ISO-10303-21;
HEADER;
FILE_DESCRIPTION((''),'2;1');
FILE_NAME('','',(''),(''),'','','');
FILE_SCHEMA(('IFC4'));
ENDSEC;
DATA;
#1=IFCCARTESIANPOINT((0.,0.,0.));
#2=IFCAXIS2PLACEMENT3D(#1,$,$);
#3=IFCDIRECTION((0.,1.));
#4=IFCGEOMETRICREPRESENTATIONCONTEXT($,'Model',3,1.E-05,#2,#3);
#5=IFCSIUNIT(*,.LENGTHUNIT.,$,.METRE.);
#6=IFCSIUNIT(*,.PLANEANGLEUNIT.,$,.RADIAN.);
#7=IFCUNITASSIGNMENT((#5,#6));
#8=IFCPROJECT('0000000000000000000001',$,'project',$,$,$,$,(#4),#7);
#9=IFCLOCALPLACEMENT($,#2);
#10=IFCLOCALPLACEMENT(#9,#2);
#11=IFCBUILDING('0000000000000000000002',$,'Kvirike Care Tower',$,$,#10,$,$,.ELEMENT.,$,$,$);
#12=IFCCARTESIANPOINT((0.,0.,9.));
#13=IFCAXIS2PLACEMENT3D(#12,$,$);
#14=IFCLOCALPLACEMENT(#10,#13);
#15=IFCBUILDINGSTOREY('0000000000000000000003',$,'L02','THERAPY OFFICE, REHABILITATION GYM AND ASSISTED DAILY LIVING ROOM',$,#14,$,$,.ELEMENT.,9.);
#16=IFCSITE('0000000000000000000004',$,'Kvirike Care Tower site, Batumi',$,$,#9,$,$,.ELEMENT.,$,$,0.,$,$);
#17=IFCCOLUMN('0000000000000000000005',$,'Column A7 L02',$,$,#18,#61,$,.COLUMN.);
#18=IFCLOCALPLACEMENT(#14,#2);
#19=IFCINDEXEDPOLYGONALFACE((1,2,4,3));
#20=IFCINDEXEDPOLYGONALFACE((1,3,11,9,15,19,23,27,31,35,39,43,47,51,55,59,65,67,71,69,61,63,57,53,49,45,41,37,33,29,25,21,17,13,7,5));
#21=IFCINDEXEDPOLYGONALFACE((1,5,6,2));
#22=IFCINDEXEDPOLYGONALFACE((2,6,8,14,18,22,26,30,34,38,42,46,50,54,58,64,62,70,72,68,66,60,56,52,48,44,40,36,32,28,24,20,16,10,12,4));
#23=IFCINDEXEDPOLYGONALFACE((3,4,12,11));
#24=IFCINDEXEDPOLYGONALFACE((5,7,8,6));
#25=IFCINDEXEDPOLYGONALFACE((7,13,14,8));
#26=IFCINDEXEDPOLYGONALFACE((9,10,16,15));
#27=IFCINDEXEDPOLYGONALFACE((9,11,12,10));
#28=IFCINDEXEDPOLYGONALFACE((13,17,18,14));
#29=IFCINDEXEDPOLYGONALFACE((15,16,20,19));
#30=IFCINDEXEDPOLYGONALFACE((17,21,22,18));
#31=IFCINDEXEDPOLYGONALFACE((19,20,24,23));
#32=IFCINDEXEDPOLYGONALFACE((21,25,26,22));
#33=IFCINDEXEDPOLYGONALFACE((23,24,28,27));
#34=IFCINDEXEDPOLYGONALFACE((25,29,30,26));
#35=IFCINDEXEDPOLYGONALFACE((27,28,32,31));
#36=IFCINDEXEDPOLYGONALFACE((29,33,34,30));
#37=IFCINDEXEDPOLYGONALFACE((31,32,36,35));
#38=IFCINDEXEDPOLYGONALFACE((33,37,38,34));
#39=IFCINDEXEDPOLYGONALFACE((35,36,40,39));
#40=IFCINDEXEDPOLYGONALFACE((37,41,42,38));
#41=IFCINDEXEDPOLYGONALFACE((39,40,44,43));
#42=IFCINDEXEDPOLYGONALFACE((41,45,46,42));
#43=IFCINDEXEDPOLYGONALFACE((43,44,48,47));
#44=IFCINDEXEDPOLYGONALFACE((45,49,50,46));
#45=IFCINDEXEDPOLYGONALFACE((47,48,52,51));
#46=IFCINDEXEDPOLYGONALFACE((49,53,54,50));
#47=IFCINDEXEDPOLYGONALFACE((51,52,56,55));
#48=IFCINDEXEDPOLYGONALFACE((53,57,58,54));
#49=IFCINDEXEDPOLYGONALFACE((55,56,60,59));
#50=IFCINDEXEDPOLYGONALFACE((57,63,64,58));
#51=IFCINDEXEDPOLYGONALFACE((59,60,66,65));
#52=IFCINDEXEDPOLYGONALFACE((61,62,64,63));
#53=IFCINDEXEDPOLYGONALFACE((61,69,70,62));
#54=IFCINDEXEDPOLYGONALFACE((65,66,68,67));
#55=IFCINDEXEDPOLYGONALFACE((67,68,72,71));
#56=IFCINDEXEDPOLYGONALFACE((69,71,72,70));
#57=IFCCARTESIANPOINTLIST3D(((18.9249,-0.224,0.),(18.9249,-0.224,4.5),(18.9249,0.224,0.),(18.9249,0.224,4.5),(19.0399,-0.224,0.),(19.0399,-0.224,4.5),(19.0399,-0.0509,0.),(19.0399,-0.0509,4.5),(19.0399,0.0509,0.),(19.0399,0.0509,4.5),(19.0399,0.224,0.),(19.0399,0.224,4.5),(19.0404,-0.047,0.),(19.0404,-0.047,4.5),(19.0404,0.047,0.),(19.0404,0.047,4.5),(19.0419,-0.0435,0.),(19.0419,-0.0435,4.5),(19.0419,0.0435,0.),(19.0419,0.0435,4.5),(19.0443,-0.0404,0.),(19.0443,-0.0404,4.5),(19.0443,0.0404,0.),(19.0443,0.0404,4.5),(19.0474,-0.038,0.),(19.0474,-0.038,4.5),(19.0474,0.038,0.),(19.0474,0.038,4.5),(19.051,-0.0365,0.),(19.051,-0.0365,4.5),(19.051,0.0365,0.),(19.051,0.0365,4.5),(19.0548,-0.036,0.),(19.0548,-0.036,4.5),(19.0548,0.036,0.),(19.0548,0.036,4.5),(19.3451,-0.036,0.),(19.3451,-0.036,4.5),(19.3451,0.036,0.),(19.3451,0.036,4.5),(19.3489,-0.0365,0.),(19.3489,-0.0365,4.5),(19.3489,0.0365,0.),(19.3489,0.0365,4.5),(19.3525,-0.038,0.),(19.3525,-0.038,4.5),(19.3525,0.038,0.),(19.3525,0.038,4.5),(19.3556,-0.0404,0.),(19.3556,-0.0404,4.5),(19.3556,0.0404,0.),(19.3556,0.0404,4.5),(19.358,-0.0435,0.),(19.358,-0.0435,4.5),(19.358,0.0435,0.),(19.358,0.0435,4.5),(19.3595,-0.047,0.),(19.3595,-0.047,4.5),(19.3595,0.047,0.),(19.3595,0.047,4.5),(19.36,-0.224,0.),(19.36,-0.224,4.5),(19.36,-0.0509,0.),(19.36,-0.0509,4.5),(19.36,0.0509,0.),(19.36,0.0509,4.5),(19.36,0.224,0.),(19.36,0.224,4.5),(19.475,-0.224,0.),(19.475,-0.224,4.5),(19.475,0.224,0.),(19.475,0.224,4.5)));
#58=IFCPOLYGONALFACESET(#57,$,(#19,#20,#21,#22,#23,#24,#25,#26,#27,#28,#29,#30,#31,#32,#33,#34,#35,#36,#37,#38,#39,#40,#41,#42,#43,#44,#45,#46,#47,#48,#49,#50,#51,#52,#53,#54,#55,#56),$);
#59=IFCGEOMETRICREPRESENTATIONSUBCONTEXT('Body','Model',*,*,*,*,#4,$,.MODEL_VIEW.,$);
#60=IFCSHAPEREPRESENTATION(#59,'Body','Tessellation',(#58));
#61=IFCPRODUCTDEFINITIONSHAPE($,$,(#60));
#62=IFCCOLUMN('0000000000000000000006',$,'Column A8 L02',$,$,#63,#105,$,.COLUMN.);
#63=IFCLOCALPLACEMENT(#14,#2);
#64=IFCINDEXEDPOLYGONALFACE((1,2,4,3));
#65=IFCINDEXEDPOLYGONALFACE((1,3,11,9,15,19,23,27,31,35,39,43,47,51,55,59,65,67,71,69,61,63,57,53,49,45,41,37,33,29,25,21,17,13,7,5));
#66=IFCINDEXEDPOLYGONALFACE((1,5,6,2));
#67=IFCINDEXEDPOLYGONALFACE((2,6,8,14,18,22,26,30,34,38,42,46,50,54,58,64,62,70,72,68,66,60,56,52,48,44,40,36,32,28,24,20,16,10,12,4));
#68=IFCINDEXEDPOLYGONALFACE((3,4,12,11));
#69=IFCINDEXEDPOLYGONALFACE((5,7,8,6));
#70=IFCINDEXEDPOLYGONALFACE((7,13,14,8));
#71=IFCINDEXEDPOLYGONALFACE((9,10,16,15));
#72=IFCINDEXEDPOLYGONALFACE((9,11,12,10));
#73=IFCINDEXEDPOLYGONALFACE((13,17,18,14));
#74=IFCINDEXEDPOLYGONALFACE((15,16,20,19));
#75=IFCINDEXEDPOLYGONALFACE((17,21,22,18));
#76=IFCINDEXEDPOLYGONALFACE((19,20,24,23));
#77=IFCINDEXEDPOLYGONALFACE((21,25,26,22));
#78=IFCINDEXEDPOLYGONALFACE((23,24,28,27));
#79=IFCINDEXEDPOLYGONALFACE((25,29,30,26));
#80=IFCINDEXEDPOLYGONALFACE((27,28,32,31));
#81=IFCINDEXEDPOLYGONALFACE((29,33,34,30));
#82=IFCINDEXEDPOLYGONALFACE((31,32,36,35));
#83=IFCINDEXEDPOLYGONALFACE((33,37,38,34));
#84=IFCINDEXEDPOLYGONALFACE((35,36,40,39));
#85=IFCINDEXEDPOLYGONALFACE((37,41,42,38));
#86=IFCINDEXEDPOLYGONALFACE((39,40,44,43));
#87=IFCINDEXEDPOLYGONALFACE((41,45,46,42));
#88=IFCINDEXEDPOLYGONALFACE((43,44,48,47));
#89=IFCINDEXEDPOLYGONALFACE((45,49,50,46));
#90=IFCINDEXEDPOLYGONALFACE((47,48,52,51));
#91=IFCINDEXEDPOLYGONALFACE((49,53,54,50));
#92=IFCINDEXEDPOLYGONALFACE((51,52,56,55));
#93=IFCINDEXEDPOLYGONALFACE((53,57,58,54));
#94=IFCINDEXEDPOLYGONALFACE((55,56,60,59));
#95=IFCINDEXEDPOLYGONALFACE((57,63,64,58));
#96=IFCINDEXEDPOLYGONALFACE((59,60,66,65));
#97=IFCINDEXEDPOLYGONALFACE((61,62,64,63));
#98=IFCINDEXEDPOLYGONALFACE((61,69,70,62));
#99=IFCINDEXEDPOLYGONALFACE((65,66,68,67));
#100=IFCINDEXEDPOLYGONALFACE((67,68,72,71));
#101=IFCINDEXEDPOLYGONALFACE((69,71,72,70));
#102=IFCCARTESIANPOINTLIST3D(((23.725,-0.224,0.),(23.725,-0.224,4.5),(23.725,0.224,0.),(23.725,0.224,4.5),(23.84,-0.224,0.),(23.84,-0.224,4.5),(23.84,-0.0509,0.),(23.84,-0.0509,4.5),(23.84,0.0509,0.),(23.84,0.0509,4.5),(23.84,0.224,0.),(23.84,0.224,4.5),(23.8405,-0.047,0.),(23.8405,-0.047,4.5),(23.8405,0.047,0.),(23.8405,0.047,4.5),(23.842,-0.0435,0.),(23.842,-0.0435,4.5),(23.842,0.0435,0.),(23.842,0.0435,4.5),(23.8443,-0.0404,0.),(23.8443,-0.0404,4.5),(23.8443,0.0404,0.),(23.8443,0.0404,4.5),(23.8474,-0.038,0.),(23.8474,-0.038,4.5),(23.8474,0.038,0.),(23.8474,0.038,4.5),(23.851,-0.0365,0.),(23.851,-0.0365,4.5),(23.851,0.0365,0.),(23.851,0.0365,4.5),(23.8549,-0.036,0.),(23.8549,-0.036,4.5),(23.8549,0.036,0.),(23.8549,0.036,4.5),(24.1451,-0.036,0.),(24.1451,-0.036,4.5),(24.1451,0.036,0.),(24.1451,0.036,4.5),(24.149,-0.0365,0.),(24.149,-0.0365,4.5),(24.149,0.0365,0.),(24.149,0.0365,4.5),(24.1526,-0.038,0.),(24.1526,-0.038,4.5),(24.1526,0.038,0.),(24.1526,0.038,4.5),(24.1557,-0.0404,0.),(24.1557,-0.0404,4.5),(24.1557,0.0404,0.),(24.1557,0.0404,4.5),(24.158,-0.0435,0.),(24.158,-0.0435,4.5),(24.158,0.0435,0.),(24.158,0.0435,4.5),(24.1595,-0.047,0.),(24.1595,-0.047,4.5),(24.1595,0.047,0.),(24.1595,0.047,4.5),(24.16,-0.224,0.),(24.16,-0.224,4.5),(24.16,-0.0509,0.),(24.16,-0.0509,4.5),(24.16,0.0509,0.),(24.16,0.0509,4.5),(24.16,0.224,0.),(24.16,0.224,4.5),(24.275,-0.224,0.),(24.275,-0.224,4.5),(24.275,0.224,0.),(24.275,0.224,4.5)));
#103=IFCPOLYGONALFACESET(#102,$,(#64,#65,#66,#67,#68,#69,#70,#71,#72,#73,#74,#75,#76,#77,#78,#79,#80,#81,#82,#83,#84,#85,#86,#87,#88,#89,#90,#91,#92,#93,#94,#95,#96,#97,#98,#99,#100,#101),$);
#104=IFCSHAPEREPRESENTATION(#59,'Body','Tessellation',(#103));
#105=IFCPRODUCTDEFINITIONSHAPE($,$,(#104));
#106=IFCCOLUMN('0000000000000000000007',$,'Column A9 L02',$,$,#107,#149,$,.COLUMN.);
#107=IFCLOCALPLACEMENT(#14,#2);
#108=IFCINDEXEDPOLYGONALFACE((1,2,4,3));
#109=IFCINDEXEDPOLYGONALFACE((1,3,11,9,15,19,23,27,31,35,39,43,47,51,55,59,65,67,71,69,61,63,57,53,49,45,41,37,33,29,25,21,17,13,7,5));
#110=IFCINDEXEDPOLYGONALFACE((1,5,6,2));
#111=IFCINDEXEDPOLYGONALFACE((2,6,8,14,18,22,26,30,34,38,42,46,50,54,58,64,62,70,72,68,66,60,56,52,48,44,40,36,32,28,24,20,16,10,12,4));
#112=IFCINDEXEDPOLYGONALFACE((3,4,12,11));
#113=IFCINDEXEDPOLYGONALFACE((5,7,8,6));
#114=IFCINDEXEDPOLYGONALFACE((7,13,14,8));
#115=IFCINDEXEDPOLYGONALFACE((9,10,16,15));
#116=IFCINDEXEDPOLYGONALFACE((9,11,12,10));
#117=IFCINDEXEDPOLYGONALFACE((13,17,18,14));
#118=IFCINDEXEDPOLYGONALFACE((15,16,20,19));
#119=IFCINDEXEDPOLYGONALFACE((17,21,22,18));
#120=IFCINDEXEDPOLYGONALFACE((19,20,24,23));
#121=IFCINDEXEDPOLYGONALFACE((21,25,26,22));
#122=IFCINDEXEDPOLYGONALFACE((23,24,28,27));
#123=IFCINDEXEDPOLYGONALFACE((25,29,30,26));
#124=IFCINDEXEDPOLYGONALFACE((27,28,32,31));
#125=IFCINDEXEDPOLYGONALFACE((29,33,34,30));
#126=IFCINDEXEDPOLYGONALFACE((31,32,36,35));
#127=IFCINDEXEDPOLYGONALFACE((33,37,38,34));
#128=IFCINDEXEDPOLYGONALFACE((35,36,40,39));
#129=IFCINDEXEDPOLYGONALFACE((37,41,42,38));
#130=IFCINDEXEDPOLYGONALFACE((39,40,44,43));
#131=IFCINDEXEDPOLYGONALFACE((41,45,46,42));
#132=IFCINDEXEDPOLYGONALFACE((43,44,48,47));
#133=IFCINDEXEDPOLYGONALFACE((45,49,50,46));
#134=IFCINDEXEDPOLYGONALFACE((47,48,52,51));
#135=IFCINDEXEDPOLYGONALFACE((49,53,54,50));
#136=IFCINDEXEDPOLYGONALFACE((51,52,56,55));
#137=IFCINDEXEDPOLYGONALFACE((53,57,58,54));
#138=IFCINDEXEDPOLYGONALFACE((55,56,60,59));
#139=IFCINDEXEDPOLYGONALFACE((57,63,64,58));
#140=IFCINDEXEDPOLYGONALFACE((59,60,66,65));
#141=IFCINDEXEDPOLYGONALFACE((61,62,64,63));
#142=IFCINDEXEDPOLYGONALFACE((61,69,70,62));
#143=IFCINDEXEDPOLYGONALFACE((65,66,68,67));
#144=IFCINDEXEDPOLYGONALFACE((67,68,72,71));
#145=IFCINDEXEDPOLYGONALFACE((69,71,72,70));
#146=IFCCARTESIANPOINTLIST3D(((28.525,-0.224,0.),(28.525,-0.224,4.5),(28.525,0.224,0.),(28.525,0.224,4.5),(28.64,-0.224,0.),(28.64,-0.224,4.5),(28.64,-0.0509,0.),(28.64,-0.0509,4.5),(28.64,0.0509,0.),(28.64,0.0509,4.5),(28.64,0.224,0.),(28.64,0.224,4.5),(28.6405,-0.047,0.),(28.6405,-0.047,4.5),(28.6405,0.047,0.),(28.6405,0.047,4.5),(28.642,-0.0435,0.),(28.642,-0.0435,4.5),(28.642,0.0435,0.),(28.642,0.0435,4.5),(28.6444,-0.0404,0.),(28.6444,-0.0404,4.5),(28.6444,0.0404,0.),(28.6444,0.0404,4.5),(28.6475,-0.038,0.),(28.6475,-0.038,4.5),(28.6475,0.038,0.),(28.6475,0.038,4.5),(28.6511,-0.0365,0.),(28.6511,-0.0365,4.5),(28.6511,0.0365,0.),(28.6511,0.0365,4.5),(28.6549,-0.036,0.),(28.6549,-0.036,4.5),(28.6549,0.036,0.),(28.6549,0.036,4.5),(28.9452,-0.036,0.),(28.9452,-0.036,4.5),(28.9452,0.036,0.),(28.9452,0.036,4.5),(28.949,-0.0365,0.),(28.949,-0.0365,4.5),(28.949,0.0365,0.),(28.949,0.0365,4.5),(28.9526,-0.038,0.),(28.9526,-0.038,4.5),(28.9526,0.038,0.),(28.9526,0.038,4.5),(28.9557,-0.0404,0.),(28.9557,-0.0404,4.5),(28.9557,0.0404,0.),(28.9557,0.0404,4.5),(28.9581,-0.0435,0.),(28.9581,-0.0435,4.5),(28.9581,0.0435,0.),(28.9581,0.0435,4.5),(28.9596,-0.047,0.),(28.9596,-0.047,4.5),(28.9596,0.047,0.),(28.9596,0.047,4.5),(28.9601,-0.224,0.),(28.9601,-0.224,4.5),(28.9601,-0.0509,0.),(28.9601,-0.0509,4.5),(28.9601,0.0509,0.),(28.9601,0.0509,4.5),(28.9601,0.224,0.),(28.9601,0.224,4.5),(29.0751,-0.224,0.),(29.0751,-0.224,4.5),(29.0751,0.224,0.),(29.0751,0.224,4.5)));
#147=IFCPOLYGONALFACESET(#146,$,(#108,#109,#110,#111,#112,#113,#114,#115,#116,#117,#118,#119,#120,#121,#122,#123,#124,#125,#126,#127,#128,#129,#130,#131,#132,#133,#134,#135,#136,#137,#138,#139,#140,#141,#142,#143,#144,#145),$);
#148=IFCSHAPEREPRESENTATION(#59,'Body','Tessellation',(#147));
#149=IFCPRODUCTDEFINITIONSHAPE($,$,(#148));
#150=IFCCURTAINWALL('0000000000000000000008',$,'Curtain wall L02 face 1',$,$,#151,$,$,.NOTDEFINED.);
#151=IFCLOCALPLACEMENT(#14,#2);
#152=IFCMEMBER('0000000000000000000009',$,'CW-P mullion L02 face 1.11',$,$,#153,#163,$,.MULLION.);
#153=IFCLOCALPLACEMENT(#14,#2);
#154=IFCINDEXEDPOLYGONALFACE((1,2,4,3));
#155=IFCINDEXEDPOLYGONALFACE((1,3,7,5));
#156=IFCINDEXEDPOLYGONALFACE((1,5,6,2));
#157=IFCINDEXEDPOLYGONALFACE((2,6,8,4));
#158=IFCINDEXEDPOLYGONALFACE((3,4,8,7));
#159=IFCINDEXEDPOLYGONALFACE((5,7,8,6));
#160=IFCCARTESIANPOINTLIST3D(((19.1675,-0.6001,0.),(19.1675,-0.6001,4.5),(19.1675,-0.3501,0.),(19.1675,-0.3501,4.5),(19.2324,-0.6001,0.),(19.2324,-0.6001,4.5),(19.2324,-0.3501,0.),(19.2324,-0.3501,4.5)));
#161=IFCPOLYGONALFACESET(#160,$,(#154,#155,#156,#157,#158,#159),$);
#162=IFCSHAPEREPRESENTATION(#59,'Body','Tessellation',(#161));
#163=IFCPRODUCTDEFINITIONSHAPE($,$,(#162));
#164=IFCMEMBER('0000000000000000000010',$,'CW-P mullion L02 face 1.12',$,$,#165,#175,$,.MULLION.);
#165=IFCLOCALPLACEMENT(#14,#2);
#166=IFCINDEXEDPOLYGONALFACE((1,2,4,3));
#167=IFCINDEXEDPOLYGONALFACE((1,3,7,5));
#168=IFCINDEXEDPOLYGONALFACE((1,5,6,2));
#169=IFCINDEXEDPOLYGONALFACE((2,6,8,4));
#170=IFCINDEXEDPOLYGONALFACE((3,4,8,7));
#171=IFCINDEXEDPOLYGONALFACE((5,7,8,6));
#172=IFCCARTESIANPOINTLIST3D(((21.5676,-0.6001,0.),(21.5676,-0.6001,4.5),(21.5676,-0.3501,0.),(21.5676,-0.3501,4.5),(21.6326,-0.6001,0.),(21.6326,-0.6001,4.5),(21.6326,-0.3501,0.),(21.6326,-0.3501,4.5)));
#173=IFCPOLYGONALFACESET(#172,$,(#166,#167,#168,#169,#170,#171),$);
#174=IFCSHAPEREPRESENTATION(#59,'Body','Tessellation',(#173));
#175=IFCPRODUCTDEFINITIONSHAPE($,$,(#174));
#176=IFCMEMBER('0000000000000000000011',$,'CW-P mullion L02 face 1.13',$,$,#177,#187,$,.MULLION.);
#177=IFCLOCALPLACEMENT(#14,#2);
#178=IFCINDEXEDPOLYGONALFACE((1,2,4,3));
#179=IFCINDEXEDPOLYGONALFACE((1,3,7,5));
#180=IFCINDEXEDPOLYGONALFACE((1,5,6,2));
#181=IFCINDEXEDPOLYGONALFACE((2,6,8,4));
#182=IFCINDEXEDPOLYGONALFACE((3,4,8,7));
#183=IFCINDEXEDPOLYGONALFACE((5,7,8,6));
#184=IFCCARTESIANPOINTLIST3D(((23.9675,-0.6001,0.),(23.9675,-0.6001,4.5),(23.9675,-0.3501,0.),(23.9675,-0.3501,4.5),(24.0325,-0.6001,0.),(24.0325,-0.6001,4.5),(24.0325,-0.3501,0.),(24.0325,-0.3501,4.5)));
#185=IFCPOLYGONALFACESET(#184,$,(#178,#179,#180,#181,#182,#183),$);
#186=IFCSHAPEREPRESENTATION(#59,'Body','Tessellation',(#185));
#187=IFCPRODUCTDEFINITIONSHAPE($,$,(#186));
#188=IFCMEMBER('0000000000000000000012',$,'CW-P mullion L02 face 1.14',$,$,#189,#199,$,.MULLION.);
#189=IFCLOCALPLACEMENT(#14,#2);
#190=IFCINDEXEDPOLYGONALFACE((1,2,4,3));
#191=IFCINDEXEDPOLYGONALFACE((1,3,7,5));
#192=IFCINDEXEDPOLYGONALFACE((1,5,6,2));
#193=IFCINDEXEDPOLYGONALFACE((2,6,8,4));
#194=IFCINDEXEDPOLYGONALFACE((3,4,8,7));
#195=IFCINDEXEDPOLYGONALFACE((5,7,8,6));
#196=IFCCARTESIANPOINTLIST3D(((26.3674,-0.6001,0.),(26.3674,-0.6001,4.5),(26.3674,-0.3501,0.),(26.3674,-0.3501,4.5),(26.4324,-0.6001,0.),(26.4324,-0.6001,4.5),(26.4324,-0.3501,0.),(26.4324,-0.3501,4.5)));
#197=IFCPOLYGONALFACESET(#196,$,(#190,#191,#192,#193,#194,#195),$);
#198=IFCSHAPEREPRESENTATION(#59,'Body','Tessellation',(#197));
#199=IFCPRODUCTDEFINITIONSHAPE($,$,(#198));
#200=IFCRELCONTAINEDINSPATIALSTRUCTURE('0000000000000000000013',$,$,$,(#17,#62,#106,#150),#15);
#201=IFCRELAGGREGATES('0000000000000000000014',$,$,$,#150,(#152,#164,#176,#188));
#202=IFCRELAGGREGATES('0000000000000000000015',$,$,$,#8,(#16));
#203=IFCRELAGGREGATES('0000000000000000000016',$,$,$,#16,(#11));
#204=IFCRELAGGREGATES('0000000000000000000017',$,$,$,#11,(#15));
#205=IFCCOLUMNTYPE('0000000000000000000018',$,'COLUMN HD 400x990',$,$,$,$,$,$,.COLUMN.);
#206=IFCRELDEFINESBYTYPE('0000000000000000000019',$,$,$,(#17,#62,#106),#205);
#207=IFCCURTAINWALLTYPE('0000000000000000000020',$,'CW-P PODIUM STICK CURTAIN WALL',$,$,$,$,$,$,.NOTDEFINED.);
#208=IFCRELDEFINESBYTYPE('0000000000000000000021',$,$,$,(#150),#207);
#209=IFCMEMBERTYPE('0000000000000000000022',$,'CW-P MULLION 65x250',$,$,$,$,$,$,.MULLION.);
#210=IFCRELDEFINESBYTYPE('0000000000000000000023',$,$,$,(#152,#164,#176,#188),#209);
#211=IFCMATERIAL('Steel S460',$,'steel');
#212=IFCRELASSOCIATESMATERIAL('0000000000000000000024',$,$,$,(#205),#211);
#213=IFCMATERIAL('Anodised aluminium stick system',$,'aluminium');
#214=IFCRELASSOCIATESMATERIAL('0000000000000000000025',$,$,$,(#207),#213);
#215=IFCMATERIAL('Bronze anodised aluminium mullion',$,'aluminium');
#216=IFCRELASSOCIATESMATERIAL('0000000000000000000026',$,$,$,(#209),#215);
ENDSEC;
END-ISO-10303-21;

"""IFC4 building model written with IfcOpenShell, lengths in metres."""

from ifc_helpers import new_model, si_unit, direction, frame, origin, origin_2d, place, context, subcontext, project, spatial, rectangle, i_section, extrude, material, material_profile, profile_set, type_object, element, aggregate, save


model = new_model("IFC4")

# Units and contexts
model_context = context("Model", 3, precision=1e-05, world=origin(), true_north=direction((0.0, 1.0)))
body_context = subcontext(model_context, "Body", "Model", "MODEL_VIEW")
ifc_project = project(units=[si_unit("LENGTHUNIT", "METRE"), si_unit("PLANEANGLEUNIT", "RADIAN")], contexts=[model_context])

# Site, building, storey
site_placement = place(None, origin())
site = spatial("IfcSite", under=ifc_project, at=site_placement, Name="Kvirike Care Tower site, Batumi", CompositionType="ELEMENT", RefElevation=0.0)
building_placement = place(site_placement, origin())
building = spatial("IfcBuilding", under=site, at=building_placement, Name="Kvirike Care Tower", CompositionType="ELEMENT")
storey_placement = place(building_placement, frame((0.0, 0.0, 9.0)))
storey = spatial("IfcBuildingStorey", under=building, at=storey_placement, Name="L02", Description="THERAPY OFFICE, REHABILITATION GYM AND ASSISTED DAILY LIVING ROOM", CompositionType="ELEMENT", Elevation=9.0)

# Columns
ifc_material_1 = material(Name="Steel S460", Category="steel")
ifc_material_profile_1 = material_profile(ifc_material_1, i_section(OverallWidth=0.448, OverallDepth=0.55, WebThickness=0.072, FlangeThickness=0.115, FilletRadius=0.0149, at=origin_2d()), Name="HD 400x990")
ifc_profile_set_1 = profile_set([ifc_material_profile_1], Name="Steel S460")
column_type = type_object("IfcColumnType", Name="COLUMN HD 400x990", PredefinedType="COLUMN", material=ifc_profile_set_1)
for number, where, z_axis, x_axis, name in (
    (1, (19.2, 0.0, 0.0), (0.0, 0.0, 1.0), (0.0, 1.0, 0.0), "Column A7 L02"),
    (2, (24.0, 0.0, 0.0), (0.0, 0.0, 1.0), (0.0, 1.0, 0.0), "Column A8 L02"),
    (3, (28.8, 0.0, 0.0), (0.0, 0.0, 1.0), (0.0, 1.0, 0.0), "Column A9 L02"),
):
    element("IfcColumn", number, at=place(storey_placement, frame(where, z_axis=z_axis, x_axis=x_axis)), inside=storey, type_object=column_type, Name=name, PredefinedType="COLUMN", context=body_context, shape_type="SweptSolid", body=[
        extrude(i_section(OverallWidth=0.448, OverallDepth=0.55, WebThickness=0.072, FlangeThickness=0.115, FilletRadius=0.0149, at=origin_2d()), origin(), (0.0, 0.0, 1.0), 4.5),
    ])

# Curtain wall, members
ifc_material_2 = material(Name="Anodised aluminium stick system", Category="aluminium")
curtain_wall_type = type_object("IfcCurtainWallType", Name="CW-P PODIUM STICK CURTAIN WALL", PredefinedType="NOTDEFINED", material=ifc_material_2)
curtain_wall_placement = place(storey_placement, origin())
curtain_wall = element("IfcCurtainWall", 4, at=curtain_wall_placement, inside=storey, type_object=curtain_wall_type, Name="Curtain wall L02 face 1", PredefinedType="NOTDEFINED")
ifc_material_3 = material(Name="Bronze anodised aluminium mullion", Category="aluminium")
ifc_material_profile_2 = material_profile(ifc_material_3, rectangle(XDim=0.0649, YDim=0.25, at=origin_2d()), Name="CW-P MULLION 65x250")
ifc_profile_set_2 = profile_set([ifc_material_profile_2], Name="Bronze anodised aluminium mullion")
member_type_1 = type_object("IfcMemberType", Name="CW-P MULLION 65x250", PredefinedType="MULLION", material=ifc_profile_set_2)
member_1_placement = place(storey_placement, frame((19.2, -0.4751, 0.0), z_axis=(0.0, 0.0, 1.0), x_axis=(1.0, 0.0, 0.0)))
member_1 = element("IfcMember", 5, at=member_1_placement, type_object=member_type_1, Name="CW-P mullion L02 face 1.11", PredefinedType="MULLION", context=body_context, shape_type="SweptSolid", body=[
    extrude(rectangle(XDim=0.0649, YDim=0.25, at=origin_2d()), origin(), (0.0, 0.0, 1.0), 4.5),
])
member_2_placement = place(storey_placement, frame((21.6001, -0.4751, 0.0), z_axis=(0.0, 0.0, 1.0), x_axis=(1.0, 0.0, 0.0)))
member_2 = element("IfcMember", 6, at=member_2_placement, type_object=member_type_1, Name="CW-P mullion L02 face 1.12", PredefinedType="MULLION", context=body_context, shape_type="SweptSolid", body=[
    extrude(rectangle(XDim=0.0649, YDim=0.25, at=origin_2d()), origin(), (0.0, 0.0, 1.0), 4.5),
])
member_3_placement = place(storey_placement, frame((24.0, -0.4751, 0.0), z_axis=(0.0, 0.0, 1.0), x_axis=(1.0, 0.0, 0.0)))
member_3 = element("IfcMember", 7, at=member_3_placement, type_object=member_type_1, Name="CW-P mullion L02 face 1.13", PredefinedType="MULLION", context=body_context, shape_type="SweptSolid", body=[
    extrude(rectangle(XDim=0.0649, YDim=0.25, at=origin_2d()), origin(), (0.0, 0.0, 1.0), 4.5),
])
member_4_placement = place(storey_placement, frame((26.3999, -0.4751, 0.0), z_axis=(0.0, 0.0, 1.0), x_axis=(1.0, 0.0, 0.0)))
member_4 = element("IfcMember", 8, at=member_4_placement, type_object=member_type_1, Name="CW-P mullion L02 face 1.14", PredefinedType="MULLION", context=body_context, shape_type="SweptSolid", body=[
    extrude(rectangle(XDim=0.0649, YDim=0.25, at=origin_2d()), origin(), (0.0, 0.0, 1.0), 4.5),
])

aggregate(curtain_wall, [member_1, member_2, member_3, member_4])

save(model, "model.ifc")
